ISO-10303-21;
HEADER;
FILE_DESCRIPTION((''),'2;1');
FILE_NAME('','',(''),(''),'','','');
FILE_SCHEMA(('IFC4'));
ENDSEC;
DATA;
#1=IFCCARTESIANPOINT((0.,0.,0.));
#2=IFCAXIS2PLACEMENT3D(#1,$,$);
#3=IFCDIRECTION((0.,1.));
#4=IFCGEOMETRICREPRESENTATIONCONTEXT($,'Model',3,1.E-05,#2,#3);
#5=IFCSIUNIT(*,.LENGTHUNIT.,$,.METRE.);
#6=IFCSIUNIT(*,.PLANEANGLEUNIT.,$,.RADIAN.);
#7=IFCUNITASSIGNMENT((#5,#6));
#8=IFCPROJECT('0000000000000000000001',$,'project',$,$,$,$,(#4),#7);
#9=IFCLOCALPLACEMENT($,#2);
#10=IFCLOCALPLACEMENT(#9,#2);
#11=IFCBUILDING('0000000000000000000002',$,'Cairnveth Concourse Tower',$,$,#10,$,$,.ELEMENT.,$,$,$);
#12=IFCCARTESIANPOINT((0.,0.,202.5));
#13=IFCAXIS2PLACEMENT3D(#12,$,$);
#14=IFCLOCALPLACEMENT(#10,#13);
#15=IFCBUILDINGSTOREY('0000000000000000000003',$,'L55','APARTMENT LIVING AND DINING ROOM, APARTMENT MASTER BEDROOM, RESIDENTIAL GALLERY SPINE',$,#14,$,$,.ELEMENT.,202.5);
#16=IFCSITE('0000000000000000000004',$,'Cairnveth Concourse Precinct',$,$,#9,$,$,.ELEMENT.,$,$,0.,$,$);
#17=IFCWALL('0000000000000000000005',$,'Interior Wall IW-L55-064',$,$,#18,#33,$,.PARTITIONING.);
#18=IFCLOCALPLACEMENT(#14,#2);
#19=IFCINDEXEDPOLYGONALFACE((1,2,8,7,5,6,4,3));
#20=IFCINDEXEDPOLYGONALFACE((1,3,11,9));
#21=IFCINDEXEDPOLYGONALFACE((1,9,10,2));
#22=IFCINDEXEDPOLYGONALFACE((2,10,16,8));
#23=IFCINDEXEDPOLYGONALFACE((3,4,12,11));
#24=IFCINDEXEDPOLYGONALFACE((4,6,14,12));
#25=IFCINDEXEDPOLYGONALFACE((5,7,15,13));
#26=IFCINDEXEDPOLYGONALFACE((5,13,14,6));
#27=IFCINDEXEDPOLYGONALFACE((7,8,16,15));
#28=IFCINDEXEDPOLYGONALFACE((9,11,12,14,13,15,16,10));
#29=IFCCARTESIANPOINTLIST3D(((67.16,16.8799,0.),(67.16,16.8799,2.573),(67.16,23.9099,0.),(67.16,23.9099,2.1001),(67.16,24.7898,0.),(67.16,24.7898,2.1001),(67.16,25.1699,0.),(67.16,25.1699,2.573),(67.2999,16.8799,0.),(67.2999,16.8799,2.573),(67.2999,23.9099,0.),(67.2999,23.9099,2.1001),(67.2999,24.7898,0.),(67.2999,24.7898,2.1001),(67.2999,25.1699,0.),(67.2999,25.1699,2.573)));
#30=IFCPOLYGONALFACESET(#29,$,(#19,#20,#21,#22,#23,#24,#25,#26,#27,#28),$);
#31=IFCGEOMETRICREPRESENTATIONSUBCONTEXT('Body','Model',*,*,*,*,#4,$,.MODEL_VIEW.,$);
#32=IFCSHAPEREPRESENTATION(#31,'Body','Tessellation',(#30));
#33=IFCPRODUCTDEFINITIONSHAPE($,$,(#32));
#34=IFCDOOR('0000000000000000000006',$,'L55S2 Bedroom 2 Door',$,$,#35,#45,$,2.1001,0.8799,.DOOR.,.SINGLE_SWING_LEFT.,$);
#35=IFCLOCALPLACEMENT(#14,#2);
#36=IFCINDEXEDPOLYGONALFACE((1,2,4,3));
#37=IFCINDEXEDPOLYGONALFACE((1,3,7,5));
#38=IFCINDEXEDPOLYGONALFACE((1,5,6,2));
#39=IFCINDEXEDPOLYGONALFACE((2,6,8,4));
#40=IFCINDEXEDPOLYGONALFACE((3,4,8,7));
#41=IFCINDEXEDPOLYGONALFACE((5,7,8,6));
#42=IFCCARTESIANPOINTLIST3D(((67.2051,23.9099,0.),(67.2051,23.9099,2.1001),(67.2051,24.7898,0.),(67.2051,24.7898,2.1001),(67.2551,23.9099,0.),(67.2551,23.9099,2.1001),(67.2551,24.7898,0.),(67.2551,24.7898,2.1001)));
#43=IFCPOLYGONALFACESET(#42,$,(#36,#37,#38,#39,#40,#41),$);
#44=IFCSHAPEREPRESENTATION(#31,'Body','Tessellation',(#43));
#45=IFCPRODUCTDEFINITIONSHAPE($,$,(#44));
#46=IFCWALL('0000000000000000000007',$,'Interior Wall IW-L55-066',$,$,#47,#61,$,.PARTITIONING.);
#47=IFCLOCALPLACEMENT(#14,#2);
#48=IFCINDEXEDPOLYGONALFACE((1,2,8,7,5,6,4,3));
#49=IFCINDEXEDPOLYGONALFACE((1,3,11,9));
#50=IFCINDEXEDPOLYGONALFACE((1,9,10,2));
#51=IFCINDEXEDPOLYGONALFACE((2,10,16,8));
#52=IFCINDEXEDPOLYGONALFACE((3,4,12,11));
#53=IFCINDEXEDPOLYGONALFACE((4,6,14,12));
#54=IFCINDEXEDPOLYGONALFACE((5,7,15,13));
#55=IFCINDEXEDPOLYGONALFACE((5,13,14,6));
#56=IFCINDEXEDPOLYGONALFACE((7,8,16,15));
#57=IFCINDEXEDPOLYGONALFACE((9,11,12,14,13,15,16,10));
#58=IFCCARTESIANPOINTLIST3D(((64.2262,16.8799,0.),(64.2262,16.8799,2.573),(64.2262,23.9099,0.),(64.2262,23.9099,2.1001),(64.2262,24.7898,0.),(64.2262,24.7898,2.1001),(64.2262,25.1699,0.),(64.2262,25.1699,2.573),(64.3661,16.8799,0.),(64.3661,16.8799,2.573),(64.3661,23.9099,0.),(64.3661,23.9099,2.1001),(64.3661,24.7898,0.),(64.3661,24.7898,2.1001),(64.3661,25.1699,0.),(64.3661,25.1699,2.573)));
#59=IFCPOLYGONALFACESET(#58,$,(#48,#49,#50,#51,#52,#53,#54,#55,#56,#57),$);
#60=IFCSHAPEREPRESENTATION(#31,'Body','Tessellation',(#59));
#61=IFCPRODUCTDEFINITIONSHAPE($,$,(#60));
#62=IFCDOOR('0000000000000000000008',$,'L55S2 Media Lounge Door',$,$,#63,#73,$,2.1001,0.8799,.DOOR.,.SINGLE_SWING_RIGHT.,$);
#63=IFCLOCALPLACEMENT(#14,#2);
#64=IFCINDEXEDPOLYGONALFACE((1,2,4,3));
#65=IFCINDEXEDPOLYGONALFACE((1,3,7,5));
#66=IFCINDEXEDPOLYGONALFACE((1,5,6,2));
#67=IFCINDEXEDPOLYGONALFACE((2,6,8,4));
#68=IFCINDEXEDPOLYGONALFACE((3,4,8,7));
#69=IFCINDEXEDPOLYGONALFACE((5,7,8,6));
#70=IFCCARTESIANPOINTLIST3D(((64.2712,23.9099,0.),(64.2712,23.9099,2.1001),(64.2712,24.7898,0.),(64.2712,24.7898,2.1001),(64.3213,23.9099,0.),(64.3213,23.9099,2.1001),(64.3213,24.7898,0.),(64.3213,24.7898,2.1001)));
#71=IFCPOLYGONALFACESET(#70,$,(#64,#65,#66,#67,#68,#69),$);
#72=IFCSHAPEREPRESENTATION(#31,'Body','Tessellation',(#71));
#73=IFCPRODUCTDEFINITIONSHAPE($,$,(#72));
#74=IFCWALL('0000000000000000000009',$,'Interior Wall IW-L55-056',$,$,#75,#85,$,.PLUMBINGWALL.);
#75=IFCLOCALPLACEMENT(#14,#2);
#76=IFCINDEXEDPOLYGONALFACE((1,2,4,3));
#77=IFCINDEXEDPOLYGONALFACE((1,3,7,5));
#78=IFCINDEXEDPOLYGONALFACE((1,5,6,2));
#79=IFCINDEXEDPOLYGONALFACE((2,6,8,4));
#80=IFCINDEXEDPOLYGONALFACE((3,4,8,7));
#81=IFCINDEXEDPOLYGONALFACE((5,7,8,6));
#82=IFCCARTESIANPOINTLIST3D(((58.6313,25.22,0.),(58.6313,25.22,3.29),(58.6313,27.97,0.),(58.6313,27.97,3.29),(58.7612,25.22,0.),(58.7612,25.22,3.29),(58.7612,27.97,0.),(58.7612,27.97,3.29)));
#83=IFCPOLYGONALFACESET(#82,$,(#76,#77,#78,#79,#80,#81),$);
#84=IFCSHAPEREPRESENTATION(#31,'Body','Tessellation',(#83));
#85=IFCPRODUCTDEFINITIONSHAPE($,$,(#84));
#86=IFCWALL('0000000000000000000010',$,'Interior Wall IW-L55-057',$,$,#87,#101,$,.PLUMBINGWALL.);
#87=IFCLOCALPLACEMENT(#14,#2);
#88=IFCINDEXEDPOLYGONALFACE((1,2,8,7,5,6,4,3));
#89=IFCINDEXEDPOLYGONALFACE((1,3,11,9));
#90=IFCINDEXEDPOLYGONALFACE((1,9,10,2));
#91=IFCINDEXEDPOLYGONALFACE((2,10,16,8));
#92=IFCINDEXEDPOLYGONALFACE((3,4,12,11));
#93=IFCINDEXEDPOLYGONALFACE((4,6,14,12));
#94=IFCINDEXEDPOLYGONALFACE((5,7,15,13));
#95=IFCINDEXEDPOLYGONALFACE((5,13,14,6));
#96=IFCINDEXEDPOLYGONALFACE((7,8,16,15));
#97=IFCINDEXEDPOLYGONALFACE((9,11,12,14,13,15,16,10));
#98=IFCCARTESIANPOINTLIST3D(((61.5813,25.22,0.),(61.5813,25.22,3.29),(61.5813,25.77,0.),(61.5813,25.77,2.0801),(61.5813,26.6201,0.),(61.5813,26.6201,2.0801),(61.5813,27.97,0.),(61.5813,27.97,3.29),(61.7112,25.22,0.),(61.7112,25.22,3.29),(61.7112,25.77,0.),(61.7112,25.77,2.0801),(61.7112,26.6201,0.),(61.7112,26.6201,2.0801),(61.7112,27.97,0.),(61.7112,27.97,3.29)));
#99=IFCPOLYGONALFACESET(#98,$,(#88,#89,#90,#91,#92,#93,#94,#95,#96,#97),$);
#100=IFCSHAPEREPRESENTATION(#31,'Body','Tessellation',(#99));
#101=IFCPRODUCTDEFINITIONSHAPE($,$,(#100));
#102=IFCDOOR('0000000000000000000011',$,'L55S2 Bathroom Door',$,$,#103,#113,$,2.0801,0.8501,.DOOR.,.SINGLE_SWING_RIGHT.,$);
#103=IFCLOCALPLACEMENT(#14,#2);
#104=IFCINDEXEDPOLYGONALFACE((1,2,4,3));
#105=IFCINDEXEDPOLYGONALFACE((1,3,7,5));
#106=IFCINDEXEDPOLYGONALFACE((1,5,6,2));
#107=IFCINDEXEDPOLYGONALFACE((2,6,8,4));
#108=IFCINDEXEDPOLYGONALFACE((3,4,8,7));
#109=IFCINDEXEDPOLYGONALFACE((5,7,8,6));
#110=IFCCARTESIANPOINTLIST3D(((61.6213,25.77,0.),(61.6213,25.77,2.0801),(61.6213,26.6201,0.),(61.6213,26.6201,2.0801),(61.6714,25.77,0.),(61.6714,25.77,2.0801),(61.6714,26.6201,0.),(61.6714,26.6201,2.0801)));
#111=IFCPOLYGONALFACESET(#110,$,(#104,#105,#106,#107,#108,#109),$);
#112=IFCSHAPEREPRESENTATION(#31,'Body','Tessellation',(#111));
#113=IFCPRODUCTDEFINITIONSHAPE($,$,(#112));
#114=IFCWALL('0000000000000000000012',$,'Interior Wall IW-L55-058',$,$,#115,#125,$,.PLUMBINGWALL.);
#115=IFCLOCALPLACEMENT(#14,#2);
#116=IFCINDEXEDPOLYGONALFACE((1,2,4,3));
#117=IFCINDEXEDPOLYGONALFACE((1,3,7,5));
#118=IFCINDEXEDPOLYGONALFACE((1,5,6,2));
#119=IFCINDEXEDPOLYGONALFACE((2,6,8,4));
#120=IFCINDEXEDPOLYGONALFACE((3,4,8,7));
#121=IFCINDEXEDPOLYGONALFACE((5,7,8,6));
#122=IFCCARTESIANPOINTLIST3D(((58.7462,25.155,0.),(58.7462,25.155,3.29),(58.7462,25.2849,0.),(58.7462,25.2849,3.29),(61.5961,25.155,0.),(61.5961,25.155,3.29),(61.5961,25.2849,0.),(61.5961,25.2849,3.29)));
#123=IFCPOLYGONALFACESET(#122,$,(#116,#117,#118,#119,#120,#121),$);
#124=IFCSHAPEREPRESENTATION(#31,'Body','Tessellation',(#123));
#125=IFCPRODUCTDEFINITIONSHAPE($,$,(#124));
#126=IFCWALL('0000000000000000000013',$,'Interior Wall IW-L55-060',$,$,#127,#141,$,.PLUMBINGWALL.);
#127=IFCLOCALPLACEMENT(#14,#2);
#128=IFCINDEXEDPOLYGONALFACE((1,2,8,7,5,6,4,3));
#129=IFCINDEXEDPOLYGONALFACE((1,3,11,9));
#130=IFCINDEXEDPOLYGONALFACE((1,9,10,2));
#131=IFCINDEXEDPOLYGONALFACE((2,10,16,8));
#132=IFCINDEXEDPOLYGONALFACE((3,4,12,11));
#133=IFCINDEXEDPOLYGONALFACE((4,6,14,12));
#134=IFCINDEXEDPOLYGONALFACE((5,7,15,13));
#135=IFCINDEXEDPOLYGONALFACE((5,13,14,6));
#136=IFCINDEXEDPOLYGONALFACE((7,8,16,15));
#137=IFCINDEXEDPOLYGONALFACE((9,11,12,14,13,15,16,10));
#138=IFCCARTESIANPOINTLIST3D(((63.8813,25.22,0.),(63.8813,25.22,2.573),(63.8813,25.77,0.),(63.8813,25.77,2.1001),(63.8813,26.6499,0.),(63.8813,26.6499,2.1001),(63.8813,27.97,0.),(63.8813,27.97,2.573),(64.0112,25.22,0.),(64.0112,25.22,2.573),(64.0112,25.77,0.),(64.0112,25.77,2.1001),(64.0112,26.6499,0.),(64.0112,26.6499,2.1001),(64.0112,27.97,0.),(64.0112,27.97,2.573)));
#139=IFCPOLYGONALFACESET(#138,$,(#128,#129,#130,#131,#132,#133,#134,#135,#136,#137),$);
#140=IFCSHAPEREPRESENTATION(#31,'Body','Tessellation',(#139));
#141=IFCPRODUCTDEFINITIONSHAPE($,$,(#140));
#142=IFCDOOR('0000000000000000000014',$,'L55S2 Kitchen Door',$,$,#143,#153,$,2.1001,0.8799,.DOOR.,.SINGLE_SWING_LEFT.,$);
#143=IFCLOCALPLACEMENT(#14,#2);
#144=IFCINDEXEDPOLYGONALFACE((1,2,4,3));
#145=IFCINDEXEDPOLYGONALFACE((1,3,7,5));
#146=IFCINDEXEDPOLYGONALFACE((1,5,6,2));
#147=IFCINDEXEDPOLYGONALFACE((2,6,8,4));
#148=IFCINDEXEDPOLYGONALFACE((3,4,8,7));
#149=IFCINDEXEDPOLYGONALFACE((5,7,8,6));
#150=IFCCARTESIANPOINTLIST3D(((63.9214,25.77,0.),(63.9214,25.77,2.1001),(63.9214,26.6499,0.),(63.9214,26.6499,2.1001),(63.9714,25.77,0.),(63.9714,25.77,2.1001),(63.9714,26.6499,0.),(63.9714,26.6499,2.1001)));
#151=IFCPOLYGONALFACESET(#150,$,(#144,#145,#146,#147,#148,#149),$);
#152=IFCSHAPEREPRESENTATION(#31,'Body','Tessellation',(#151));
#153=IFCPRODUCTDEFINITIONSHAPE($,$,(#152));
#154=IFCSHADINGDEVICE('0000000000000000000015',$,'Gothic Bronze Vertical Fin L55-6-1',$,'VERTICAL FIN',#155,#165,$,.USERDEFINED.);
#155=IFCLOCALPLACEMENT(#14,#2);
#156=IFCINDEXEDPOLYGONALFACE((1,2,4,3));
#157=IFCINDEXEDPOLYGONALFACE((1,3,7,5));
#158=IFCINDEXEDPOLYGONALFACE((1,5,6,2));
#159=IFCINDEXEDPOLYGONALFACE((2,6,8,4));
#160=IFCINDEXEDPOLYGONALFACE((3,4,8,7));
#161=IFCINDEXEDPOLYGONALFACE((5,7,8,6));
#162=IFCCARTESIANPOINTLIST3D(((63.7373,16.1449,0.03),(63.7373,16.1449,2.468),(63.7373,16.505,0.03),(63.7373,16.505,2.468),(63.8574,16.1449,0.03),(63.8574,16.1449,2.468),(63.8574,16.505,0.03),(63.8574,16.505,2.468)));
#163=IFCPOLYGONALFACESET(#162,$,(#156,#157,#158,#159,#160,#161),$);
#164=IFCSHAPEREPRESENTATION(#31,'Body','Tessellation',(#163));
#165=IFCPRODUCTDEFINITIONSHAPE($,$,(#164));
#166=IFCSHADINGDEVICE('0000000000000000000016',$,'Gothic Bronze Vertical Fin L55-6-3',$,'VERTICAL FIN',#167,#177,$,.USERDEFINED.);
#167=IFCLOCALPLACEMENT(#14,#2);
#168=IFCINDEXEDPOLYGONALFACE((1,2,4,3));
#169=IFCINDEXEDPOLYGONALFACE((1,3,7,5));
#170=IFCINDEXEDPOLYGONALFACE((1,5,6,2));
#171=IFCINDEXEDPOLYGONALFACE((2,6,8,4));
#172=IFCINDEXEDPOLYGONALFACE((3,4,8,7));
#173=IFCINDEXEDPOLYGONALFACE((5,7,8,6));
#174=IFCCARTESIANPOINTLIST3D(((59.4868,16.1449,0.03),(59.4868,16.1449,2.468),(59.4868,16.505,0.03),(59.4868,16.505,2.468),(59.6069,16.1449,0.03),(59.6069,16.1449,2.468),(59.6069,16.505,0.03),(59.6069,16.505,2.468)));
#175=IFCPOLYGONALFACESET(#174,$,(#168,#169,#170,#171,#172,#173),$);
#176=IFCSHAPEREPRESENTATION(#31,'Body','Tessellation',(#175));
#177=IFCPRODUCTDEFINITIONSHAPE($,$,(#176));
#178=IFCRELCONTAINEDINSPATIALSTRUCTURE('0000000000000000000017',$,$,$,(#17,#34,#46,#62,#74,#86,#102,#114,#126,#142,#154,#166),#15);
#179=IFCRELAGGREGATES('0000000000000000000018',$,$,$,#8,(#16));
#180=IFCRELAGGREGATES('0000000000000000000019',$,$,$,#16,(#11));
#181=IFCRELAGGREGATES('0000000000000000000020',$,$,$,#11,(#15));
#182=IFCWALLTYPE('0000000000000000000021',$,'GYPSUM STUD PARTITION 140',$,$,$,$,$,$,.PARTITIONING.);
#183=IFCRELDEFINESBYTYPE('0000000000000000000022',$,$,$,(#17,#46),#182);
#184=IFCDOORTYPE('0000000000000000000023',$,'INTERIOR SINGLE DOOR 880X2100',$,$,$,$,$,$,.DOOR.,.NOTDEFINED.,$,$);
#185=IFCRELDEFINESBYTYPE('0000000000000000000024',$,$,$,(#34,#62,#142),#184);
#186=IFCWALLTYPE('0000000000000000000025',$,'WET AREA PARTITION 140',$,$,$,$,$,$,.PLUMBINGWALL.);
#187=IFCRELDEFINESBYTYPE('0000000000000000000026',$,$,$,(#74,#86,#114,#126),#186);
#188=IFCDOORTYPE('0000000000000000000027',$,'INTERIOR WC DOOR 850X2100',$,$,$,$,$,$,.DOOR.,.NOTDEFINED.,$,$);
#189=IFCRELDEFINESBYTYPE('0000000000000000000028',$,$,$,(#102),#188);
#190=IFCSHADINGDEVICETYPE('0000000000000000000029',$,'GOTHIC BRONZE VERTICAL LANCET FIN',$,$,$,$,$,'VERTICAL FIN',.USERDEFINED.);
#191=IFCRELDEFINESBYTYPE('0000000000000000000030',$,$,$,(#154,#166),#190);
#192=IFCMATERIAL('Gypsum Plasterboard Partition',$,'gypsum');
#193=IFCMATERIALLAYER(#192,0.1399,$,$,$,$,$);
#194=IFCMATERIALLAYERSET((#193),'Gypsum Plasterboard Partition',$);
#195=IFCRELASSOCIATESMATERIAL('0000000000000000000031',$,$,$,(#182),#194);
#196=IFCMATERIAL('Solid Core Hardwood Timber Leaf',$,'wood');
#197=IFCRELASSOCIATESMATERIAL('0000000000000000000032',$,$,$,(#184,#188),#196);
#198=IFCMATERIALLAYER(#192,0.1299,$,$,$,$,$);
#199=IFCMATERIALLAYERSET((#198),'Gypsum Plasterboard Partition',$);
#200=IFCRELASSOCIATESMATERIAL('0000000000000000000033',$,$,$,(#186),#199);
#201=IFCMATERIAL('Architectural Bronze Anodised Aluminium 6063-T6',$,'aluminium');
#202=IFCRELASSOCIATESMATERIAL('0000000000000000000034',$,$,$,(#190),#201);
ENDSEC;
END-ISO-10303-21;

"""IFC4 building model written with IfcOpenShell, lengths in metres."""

from ifc_helpers import new_model, si_unit, direction, frame, frame_2d, origin, origin_2d, place, context, subcontext, project, spatial, rectangle, extrude, material, layer, layer_set, type_object, element, fill, save


model = new_model("IFC4")

# Units and contexts
model_context = context("Model", 3, precision=1e-05, world=origin(), true_north=direction((0.0, 1.0)))
body_context = subcontext(model_context, "Body", "Model", "MODEL_VIEW")
ifc_project = project(units=[si_unit("LENGTHUNIT", "METRE"), si_unit("PLANEANGLEUNIT", "RADIAN")], contexts=[model_context])

# Site, building, storey
site_placement = place(None, origin())
site = spatial("IfcSite", under=ifc_project, at=site_placement, Name="Cairnveth Concourse Precinct", CompositionType="ELEMENT", RefElevation=0.0)
building_placement = place(site_placement, origin())
building = spatial("IfcBuilding", under=site, at=building_placement, Name="Cairnveth Concourse Tower", CompositionType="ELEMENT")
storey_placement = place(building_placement, frame((0.0, 0.0, 202.5)))
storey = spatial("IfcBuildingStorey", under=building, at=storey_placement, Name="L55", Description="APARTMENT LIVING AND DINING ROOM, APARTMENT MASTER BEDROOM, RESIDENTIAL GALLERY SPINE", CompositionType="ELEMENT", Elevation=202.5)

# Shared definitions
ifc_material_1 = material(Name="Gypsum Plasterboard Partition", Category="gypsum")

# Walls, openings, doors
ifc_layer_1 = layer(ifc_material_1, 0.1399)
ifc_layer_set_1 = layer_set([ifc_layer_1], Name="Gypsum Plasterboard Partition")
wall_type_1 = type_object("IfcWallType", Name="GYPSUM STUD PARTITION 140", PredefinedType="PARTITIONING", material=ifc_layer_set_1)
ifc_material_2 = material(Name="Solid Core Hardwood Timber Leaf", Category="wood")
door_type_1 = type_object("IfcDoorType", Name="INTERIOR SINGLE DOOR 880X2100", OperationType="NOTDEFINED", PredefinedType="DOOR", material=ifc_material_2)
wall_1_placement = place(storey_placement, frame((67.23, 16.8799, 0.0), z_axis=(0.0, 0.0, 1.0), x_axis=(0.0, 1.0, 0.0)))
wall_1 = element("IfcWall", 1, at=wall_1_placement, inside=storey, type_object=wall_type_1, Name="Interior Wall IW-L55-064", PredefinedType="PARTITIONING", context=body_context, shape_type="SweptSolid", body=[
    extrude(rectangle(XDim=8.29, YDim=0.1399, at=frame_2d((4.145, 0.0))), origin(), (0.0, 0.0, 1.0), 2.573),
])
opening_1_placement = place(wall_1_placement, frame((7.03, 0.0, 0.0)))
opening_1 = element("IfcOpeningElement", 2, at=opening_1_placement, cuts=wall_1, PredefinedType="OPENING", context=body_context, shape_type="SweptSolid", body=[
    extrude(rectangle(XDim=0.8799, YDim=2.1001, at=frame_2d((0.4399, 1.05))), frame((0.0, 0.0798, 0.0), z_axis=(0.0, -1.0, 0.0), x_axis=(1.0, 0.0, 0.0)), (0.0, 0.0, 1.0), 0.1599),
])
door_1_placement = place(opening_1_placement, origin())
door_1 = element("IfcDoor", 3, at=door_1_placement, inside=storey, type_object=door_type_1, Name="L55S2 Bedroom 2 Door", OperationType="SINGLE_SWING_LEFT", OverallHeight=2.1001, OverallWidth=0.8799, PredefinedType="DOOR", context=body_context, shape_type="SweptSolid", body=[
    extrude(rectangle(XDim=0.8799, YDim=2.1001, at=frame_2d((0.4399, 1.05))), frame((0.0, 0.0249, 0.0), z_axis=(0.0, -1.0, 0.0), x_axis=(1.0, 0.0, 0.0)), (0.0, 0.0, 1.0), 0.05),
])
fill(opening_1, door_1)
wall_2_placement = place(storey_placement, frame((64.2961, 16.8799, 0.0), z_axis=(0.0, 0.0, 1.0), x_axis=(0.0, 1.0, 0.0)))
wall_2 = element("IfcWall", 4, at=wall_2_placement, inside=storey, type_object=wall_type_1, Name="Interior Wall IW-L55-066", PredefinedType="PARTITIONING", context=body_context, shape_type="SweptSolid", body=[
    extrude(rectangle(XDim=8.29, YDim=0.1399, at=frame_2d((4.145, 0.0))), origin(), (0.0, 0.0, 1.0), 2.573),
])
opening_2_placement = place(wall_2_placement, frame((7.03, 0.0, 0.0)))
opening_2 = element("IfcOpeningElement", 5, at=opening_2_placement, cuts=wall_2, PredefinedType="OPENING", context=body_context, shape_type="SweptSolid", body=[
    extrude(rectangle(XDim=0.8799, YDim=2.1001, at=frame_2d((0.4399, 1.05))), frame((0.0, 0.0798, 0.0), z_axis=(0.0, -1.0, 0.0), x_axis=(1.0, 0.0, 0.0)), (0.0, 0.0, 1.0), 0.1599),
])
door_2_placement = place(opening_2_placement, origin())
door_2 = element("IfcDoor", 6, at=door_2_placement, inside=storey, type_object=door_type_1, Name="L55S2 Media Lounge Door", OperationType="SINGLE_SWING_RIGHT", OverallHeight=2.1001, OverallWidth=0.8799, PredefinedType="DOOR", context=body_context, shape_type="SweptSolid", body=[
    extrude(rectangle(XDim=0.8799, YDim=2.1001, at=frame_2d((0.4399, 1.05))), frame((0.0, 0.0249, 0.0), z_axis=(0.0, -1.0, 0.0), x_axis=(1.0, 0.0, 0.0)), (0.0, 0.0, 1.0), 0.05),
])
fill(opening_2, door_2)

# Wall
ifc_layer_2 = layer(ifc_material_1, 0.1299)
ifc_layer_set_2 = layer_set([ifc_layer_2], Name="Gypsum Plasterboard Partition")
wall_type_2 = type_object("IfcWallType", Name="WET AREA PARTITION 140", PredefinedType="PLUMBINGWALL", material=ifc_layer_set_2)
wall_3_placement = place(storey_placement, frame((58.6963, 25.22, 0.0), z_axis=(0.0, 0.0, 1.0), x_axis=(0.0, 1.0, 0.0)))
element("IfcWall", 7, at=wall_3_placement, inside=storey, type_object=wall_type_2, Name="Interior Wall IW-L55-056", PredefinedType="PLUMBINGWALL", context=body_context, shape_type="SweptSolid", body=[
    extrude(rectangle(XDim=2.75, YDim=0.1299, at=frame_2d((1.375, 0.0))), origin(), (0.0, 0.0, 1.0), 3.29),
])

# Wall, opening, door
wall_4_placement = place(storey_placement, frame((61.6462, 25.22, 0.0), z_axis=(0.0, 0.0, 1.0), x_axis=(0.0, 1.0, 0.0)))
wall_4 = element("IfcWall", 8, at=wall_4_placement, inside=storey, type_object=wall_type_2, Name="Interior Wall IW-L55-057", PredefinedType="PLUMBINGWALL", context=body_context, shape_type="SweptSolid", body=[
    extrude(rectangle(XDim=2.75, YDim=0.1299, at=frame_2d((1.375, 0.0))), origin(), (0.0, 0.0, 1.0), 3.29),
])
opening_3_placement = place(wall_4_placement, frame((0.55, 0.0, 0.0)))
opening_3 = element("IfcOpeningElement", 9, at=opening_3_placement, cuts=wall_4, PredefinedType="OPENING", context=body_context, shape_type="SweptSolid", body=[
    extrude(rectangle(XDim=0.8501, YDim=2.0801, at=frame_2d((0.425, 1.04))), frame((0.0, 0.075, 0.0), z_axis=(0.0, -1.0, 0.0), x_axis=(1.0, 0.0, 0.0)), (0.0, 0.0, 1.0), 0.1499),
])
door_type_2 = type_object("IfcDoorType", Name="INTERIOR WC DOOR 850X2100", OperationType="NOTDEFINED", PredefinedType="DOOR", material=ifc_material_2)
door_3_placement = place(opening_3_placement, origin())
door_3 = element("IfcDoor", 10, at=door_3_placement, inside=storey, type_object=door_type_2, Name="L55S2 Bathroom Door", OperationType="SINGLE_SWING_RIGHT", OverallHeight=2.0801, OverallWidth=0.8501, PredefinedType="DOOR", context=body_context, shape_type="SweptSolid", body=[
    extrude(rectangle(XDim=0.8501, YDim=2.0801, at=frame_2d((0.425, 1.04))), frame((0.0, 0.0249, 0.0), z_axis=(0.0, -1.0, 0.0), x_axis=(1.0, 0.0, 0.0)), (0.0, 0.0, 1.0), 0.05),
])
fill(opening_3, door_3)

# Wall
wall_5_placement = place(storey_placement, frame((58.7463, 25.22, 0.0), z_axis=(0.0, 0.0, 1.0), x_axis=(1.0, 0.0, 0.0)))
element("IfcWall", 11, at=wall_5_placement, inside=storey, type_object=wall_type_2, Name="Interior Wall IW-L55-058", PredefinedType="PLUMBINGWALL", context=body_context, shape_type="SweptSolid", body=[
    extrude(rectangle(XDim=2.8499, YDim=0.1299, at=frame_2d((1.4248, 0.0))), origin(), (0.0, 0.0, 1.0), 3.29),
])

# Wall, opening, door
wall_6_placement = place(storey_placement, frame((63.9463, 25.22, 0.0), z_axis=(0.0, 0.0, 1.0), x_axis=(0.0, 1.0, 0.0)))
wall_6 = element("IfcWall", 12, at=wall_6_placement, inside=storey, type_object=wall_type_2, Name="Interior Wall IW-L55-060", PredefinedType="PLUMBINGWALL", context=body_context, shape_type="SweptSolid", body=[
    extrude(rectangle(XDim=2.75, YDim=0.1299, at=frame_2d((1.375, 0.0))), origin(), (0.0, 0.0, 1.0), 2.573),
])
opening_4_placement = place(wall_6_placement, frame((0.55, 0.0, 0.0)))
opening_4 = element("IfcOpeningElement", 13, at=opening_4_placement, cuts=wall_6, PredefinedType="OPENING", context=body_context, shape_type="SweptSolid", body=[
    extrude(rectangle(XDim=0.8799, YDim=2.1001, at=frame_2d((0.4399, 1.05))), frame((0.0, 0.075, 0.0), z_axis=(0.0, -1.0, 0.0), x_axis=(1.0, 0.0, 0.0)), (0.0, 0.0, 1.0), 0.1499),
])
door_4_placement = place(opening_4_placement, origin())
door_4 = element("IfcDoor", 14, at=door_4_placement, inside=storey, type_object=door_type_1, Name="L55S2 Kitchen Door", OperationType="SINGLE_SWING_LEFT", OverallHeight=2.1001, OverallWidth=0.8799, PredefinedType="DOOR", context=body_context, shape_type="SweptSolid", body=[
    extrude(rectangle(XDim=0.8799, YDim=2.1001, at=frame_2d((0.4399, 1.05))), frame((0.0, 0.0249, 0.0), z_axis=(0.0, -1.0, 0.0), x_axis=(1.0, 0.0, 0.0)), (0.0, 0.0, 1.0), 0.05),
])
fill(opening_4, door_4)

# Shading devices
ifc_material_3 = material(Name="Architectural Bronze Anodised Aluminium 6063-T6", Category="aluminium")
shading_device_type = type_object("IfcShadingDeviceType", Name="GOTHIC BRONZE VERTICAL LANCET FIN", ElementType="VERTICAL FIN", PredefinedType="USERDEFINED", material=ifc_material_3)
for number, where, z_axis, x_axis, name in (
    (15, (63.7974, 16.325, 0.03), (0.0, 0.0, 1.0), (1.0, 0.0, 0.0), "Gothic Bronze Vertical Fin L55-6-1"),
    (16, (59.5469, 16.325, 0.03), (0.0, 0.0, 1.0), (1.0, 0.0, 0.0), "Gothic Bronze Vertical Fin L55-6-3"),
):
    element("IfcShadingDevice", number, at=place(storey_placement, frame(where, z_axis=z_axis, x_axis=x_axis)), inside=storey, type_object=shading_device_type, Name=name, ObjectType="VERTICAL FIN", PredefinedType="USERDEFINED", context=body_context, shape_type="SweptSolid", body=[
        extrude(rectangle(XDim=0.1201, YDim=0.3601, at=origin_2d()), origin(), (0.0, 0.0, 1.0), 2.438),
    ])

save(model, "model.ifc")
